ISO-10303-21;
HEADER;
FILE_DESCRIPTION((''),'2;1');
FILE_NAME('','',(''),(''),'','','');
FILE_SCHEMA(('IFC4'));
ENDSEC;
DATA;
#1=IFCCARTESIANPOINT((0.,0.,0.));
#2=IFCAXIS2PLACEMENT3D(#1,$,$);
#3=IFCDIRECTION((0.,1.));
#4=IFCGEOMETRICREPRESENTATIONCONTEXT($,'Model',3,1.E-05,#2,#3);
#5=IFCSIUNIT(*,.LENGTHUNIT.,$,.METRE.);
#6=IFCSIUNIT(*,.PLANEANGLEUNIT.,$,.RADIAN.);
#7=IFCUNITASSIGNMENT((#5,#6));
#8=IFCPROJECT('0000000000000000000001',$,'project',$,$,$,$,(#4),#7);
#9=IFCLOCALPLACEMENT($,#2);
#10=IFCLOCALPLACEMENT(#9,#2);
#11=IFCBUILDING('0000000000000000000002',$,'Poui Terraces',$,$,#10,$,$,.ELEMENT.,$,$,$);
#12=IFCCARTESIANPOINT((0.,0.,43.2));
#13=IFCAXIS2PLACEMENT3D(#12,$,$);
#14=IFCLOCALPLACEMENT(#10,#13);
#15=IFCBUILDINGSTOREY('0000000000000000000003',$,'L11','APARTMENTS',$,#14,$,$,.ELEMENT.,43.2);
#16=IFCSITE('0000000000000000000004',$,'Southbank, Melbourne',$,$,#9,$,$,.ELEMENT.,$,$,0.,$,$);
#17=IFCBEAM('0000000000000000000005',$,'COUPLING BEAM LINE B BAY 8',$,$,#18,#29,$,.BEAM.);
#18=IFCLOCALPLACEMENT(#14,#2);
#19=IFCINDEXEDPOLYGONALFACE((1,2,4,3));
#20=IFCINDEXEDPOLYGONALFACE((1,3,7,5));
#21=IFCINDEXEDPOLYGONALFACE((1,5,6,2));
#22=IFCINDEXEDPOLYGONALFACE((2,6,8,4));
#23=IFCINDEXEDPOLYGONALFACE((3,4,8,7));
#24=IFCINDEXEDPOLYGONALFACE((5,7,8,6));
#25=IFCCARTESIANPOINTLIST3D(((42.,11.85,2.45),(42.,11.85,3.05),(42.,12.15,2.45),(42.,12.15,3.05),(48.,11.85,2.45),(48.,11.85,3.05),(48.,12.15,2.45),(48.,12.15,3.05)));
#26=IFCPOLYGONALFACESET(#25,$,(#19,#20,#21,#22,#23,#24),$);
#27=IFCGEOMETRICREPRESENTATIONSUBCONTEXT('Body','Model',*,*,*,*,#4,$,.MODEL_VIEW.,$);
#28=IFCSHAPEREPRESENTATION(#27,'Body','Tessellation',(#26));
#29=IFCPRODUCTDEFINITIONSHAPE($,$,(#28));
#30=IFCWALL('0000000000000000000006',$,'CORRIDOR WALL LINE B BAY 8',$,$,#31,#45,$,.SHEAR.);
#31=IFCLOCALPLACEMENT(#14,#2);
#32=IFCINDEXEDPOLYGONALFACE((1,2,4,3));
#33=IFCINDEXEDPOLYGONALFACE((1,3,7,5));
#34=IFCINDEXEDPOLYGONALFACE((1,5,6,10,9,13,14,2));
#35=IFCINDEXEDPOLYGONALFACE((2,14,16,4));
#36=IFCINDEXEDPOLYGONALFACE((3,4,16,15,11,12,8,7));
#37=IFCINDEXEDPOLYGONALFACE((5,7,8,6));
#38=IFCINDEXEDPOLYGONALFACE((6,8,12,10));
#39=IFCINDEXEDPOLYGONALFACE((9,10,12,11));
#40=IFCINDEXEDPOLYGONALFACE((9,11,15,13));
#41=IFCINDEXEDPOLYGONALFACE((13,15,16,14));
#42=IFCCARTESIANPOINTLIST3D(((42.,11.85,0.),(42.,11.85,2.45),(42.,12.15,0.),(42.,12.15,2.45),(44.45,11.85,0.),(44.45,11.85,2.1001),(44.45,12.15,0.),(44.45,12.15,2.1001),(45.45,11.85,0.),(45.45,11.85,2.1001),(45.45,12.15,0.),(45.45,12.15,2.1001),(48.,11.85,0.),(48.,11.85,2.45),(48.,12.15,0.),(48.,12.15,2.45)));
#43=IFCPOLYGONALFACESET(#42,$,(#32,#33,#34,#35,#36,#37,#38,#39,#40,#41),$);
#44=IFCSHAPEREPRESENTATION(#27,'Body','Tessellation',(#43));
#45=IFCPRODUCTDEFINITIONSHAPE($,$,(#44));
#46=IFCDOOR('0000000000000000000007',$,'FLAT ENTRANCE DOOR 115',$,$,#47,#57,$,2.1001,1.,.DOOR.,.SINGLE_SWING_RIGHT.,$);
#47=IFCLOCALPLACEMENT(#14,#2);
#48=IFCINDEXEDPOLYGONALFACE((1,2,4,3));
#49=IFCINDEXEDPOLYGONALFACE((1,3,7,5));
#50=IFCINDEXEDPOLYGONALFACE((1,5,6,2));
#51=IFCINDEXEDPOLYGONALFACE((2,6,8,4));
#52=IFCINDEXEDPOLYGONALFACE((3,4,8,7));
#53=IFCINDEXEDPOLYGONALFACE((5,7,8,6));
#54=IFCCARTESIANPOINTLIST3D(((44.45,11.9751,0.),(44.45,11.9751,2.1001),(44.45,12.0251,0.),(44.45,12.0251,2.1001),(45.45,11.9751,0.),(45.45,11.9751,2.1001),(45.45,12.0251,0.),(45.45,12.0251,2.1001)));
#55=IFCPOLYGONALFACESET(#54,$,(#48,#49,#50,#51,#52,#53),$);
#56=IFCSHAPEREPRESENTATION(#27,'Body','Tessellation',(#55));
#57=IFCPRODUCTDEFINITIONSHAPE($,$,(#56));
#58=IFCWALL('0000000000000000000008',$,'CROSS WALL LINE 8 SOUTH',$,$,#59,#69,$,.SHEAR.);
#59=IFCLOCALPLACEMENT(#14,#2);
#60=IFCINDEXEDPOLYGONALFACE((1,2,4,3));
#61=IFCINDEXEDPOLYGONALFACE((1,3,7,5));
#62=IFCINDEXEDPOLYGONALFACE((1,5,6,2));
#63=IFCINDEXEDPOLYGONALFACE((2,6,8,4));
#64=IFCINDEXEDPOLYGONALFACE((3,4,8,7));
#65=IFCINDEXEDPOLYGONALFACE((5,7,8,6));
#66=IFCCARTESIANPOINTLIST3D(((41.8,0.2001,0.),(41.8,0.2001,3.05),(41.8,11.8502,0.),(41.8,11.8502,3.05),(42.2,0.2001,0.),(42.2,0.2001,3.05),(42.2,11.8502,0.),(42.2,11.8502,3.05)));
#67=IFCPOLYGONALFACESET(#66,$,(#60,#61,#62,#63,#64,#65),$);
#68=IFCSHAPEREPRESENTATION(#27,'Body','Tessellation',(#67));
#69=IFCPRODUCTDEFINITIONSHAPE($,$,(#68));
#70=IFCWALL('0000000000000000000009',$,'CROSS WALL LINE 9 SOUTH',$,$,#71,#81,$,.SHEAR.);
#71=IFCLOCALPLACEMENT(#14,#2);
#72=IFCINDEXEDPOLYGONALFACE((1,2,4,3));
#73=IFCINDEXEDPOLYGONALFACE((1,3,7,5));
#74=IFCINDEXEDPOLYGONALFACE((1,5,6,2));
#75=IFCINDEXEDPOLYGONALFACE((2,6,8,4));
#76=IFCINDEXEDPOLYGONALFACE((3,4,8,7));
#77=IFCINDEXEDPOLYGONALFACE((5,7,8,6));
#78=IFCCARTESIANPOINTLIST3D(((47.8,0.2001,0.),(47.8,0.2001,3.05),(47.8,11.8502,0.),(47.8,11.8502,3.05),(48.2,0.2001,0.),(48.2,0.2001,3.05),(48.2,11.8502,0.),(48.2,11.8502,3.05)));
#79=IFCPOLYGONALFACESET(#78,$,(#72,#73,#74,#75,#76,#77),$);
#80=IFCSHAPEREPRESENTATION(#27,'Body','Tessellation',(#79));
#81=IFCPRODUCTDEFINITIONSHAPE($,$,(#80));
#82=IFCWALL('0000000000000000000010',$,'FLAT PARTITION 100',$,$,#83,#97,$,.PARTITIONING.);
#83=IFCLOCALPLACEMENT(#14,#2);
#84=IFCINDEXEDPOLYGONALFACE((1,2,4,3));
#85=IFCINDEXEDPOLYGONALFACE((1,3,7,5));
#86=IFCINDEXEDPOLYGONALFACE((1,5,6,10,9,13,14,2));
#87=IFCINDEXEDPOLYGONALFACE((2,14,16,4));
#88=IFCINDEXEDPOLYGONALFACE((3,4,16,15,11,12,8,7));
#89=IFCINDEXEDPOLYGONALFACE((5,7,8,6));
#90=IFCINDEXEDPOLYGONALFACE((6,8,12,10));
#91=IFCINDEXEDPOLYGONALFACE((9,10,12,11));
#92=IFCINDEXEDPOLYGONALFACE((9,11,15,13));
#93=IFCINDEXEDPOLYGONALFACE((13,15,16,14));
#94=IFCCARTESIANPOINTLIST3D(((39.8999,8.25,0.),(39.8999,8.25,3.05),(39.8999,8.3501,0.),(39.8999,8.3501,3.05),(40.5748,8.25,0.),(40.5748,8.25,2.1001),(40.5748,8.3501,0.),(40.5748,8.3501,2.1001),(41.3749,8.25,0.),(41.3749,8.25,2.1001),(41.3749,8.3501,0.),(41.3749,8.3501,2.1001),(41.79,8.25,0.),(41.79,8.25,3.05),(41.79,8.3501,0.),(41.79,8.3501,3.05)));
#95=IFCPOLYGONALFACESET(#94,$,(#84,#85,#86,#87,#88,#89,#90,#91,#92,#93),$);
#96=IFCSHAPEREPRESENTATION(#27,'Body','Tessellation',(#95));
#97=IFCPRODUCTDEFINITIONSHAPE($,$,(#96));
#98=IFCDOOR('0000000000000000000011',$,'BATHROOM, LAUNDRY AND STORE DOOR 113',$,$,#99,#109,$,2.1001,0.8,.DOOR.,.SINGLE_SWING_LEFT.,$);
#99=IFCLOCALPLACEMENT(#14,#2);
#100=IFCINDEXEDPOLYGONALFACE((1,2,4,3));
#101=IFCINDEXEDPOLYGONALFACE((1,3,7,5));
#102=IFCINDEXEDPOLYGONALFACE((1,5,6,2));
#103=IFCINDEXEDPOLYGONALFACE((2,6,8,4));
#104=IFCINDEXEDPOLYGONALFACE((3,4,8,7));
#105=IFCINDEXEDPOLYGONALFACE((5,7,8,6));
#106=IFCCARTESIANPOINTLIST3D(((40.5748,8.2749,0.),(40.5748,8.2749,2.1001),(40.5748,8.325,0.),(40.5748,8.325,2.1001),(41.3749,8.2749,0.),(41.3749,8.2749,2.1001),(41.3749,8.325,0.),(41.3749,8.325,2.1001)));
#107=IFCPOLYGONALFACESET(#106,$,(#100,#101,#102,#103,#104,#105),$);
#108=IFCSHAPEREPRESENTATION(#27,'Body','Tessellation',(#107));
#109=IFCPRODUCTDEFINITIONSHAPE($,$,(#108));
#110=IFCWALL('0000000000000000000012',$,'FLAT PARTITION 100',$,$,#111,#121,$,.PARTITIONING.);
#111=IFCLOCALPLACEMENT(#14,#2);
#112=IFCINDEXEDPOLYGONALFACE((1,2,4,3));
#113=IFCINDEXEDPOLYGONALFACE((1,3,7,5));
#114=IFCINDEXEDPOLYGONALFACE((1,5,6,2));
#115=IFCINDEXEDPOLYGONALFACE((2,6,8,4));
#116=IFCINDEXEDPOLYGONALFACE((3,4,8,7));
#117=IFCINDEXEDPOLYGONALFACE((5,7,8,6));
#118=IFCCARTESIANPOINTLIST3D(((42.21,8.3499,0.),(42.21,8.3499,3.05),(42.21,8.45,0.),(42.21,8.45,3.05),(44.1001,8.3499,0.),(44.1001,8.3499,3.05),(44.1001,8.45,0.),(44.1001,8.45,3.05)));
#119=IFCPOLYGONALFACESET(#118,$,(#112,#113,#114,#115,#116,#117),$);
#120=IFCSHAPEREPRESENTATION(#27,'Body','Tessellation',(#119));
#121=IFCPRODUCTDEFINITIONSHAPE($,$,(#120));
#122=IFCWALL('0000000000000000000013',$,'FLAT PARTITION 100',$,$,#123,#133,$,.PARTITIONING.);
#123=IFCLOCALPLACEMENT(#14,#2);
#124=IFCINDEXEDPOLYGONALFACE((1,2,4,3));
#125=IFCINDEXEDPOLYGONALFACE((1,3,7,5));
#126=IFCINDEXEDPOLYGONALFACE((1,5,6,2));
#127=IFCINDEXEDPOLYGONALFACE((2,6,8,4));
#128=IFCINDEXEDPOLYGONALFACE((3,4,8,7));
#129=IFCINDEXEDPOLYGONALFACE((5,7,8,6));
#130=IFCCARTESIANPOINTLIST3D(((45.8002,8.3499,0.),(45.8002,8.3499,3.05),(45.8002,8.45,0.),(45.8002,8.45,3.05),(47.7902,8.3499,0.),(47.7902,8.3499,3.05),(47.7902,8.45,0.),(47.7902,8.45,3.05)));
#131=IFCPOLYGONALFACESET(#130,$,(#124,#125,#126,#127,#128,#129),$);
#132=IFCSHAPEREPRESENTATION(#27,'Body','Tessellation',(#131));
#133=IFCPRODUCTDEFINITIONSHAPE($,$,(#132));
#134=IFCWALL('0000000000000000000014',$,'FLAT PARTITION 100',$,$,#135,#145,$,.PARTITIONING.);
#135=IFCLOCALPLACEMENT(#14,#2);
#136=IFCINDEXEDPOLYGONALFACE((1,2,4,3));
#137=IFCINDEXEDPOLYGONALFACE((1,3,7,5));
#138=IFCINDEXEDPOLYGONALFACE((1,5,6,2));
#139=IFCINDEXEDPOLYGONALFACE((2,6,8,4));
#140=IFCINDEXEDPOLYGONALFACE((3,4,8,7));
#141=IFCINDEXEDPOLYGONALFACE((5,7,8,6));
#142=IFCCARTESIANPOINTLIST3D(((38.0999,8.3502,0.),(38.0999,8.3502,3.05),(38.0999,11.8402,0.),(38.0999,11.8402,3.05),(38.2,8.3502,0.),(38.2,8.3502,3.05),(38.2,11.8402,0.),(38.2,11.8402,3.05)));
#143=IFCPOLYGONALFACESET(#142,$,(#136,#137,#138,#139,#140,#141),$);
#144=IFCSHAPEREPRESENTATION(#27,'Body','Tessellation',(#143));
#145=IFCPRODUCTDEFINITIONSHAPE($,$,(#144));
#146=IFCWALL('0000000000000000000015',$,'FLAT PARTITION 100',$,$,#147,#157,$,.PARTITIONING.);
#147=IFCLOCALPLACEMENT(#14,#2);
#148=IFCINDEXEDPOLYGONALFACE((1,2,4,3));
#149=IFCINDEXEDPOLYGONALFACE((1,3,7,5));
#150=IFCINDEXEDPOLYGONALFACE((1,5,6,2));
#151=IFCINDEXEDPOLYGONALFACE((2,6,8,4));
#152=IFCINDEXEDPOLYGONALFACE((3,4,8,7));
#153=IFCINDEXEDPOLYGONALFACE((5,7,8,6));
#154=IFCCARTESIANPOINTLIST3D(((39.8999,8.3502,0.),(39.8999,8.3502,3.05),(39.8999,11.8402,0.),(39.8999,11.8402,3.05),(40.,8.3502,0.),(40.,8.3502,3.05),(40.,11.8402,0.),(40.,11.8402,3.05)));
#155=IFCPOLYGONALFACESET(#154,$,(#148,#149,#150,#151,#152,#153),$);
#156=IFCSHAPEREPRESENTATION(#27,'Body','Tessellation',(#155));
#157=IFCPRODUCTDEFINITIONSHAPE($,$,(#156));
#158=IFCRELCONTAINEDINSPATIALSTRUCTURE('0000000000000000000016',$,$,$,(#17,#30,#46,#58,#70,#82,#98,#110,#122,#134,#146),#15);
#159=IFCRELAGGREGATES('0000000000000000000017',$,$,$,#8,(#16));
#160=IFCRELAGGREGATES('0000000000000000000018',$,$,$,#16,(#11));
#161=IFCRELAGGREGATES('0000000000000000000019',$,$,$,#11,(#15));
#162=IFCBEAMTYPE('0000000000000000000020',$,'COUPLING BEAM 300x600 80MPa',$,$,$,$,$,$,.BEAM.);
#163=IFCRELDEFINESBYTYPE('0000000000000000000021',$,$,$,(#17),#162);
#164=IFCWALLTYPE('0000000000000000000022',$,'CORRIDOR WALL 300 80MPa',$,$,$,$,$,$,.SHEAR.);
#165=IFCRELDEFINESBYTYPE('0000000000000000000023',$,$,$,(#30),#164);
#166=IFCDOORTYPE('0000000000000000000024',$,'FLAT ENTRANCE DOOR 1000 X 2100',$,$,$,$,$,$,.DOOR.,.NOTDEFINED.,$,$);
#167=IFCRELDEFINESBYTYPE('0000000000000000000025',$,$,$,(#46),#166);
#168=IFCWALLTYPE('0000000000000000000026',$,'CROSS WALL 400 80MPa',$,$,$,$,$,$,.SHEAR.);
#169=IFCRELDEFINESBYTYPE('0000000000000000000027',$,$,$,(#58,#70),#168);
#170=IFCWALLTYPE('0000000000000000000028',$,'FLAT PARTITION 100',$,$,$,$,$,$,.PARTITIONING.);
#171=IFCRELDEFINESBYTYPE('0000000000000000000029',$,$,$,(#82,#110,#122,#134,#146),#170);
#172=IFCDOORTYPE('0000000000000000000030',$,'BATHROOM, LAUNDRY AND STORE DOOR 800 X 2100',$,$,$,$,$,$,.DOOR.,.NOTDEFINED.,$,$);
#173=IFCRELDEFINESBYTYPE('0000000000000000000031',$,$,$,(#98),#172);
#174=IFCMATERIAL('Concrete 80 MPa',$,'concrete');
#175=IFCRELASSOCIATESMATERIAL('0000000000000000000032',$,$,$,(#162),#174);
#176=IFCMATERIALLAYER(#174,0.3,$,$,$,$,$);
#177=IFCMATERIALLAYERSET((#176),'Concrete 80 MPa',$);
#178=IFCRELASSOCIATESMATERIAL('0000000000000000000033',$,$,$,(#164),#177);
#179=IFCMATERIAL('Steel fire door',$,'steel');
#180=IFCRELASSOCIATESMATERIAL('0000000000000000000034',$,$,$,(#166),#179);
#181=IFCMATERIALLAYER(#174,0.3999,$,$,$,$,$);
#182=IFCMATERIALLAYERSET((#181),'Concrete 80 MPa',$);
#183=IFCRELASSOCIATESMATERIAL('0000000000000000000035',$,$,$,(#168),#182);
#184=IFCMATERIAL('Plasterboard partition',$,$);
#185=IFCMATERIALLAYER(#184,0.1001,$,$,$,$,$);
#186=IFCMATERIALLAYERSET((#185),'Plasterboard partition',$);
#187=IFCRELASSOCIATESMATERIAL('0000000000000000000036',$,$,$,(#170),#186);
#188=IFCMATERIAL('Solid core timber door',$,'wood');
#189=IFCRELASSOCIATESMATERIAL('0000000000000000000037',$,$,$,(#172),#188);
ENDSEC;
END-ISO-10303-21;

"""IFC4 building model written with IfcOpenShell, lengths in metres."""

from ifc_helpers import new_model, si_unit, direction, frame, frame_2d, origin, origin_2d, place, context, subcontext, project, spatial, rectangle, extrude, source, transform, mapped, material, layer, layer_set, material_profile, profile_set, type_object, element, fill, save


model = new_model("IFC4")

# Units and contexts
model_context = context("Model", 3, precision=1e-05, world=origin(), true_north=direction((0.0, 1.0)))
body_context = subcontext(model_context, "Body", "Model", "MODEL_VIEW")
ifc_project = project(units=[si_unit("LENGTHUNIT", "METRE"), si_unit("PLANEANGLEUNIT", "RADIAN")], contexts=[model_context])

# Site, building, storey
site_placement = place(None, origin())
site = spatial("IfcSite", under=ifc_project, at=site_placement, Name="Southbank, Melbourne", CompositionType="ELEMENT", RefElevation=0.0)
building_placement = place(site_placement, origin())
building = spatial("IfcBuilding", under=site, at=building_placement, Name="Poui Terraces", CompositionType="ELEMENT")
storey_placement = place(building_placement, frame((0.0, 0.0, 43.2)))
storey = spatial("IfcBuildingStorey", under=building, at=storey_placement, Name="L11", Description="APARTMENTS", CompositionType="ELEMENT", Elevation=43.2)

# Beam
ifc_material_1 = material(Name="Concrete 80 MPa", Category="concrete")
ifc_material_profile_1 = material_profile(ifc_material_1, rectangle(XDim=0.3, YDim=0.6001, at=origin_2d()), Name="RC 300x600")
ifc_profile_set_1 = profile_set([ifc_material_profile_1], Name="Concrete 80 MPa")
beam_type = type_object("IfcBeamType", Name="COUPLING BEAM 300x600 80MPa", PredefinedType="BEAM", material=ifc_profile_set_1)
shared_shape_1 = source(origin(), body_context, "Body", "SweptSolid", [
    extrude(rectangle(XDim=0.3, YDim=0.6001, at=origin_2d()), origin(), (0.0, 0.0, 1.0), 6.0),
])
beam_placement = place(storey_placement, frame((42.0, 12.0, 2.75), z_axis=(1.0, 0.0, 0.0), x_axis=(0.0, 1.0, 0.0)))
element("IfcBeam", 1, at=beam_placement, inside=storey, type_object=beam_type, Name="COUPLING BEAM LINE B BAY 8", PredefinedType="BEAM", context=body_context, shape_type="MappedRepresentation", body=[
    mapped(shared_shape_1, transform((0.0, 0.0, 0.0))),
])

# Wall, opening, door
ifc_layer_1 = layer(ifc_material_1, 0.3)
ifc_layer_set_1 = layer_set([ifc_layer_1], Name="Concrete 80 MPa")
wall_type_1 = type_object("IfcWallType", Name="CORRIDOR WALL 300 80MPa", PredefinedType="SHEAR", material=ifc_layer_set_1)
wall_1_placement = place(storey_placement, frame((42.0, 12.0, 0.0), z_axis=(0.0, 0.0, 1.0), x_axis=(1.0, 0.0, 0.0)))
wall_1 = element("IfcWall", 2, at=wall_1_placement, inside=storey, type_object=wall_type_1, Name="CORRIDOR WALL LINE B BAY 8", PredefinedType="SHEAR", context=body_context, shape_type="SweptSolid", body=[
    extrude(rectangle(XDim=6.0, YDim=0.3, at=frame_2d((3.0, 0.0))), origin(), (0.0, 0.0, 1.0), 2.45),
])
opening_1_placement = place(wall_1_placement, frame((2.45, 0.0, 0.0)))
opening_1 = element("IfcOpeningElement", 3, at=opening_1_placement, cuts=wall_1, PredefinedType="OPENING", context=body_context, shape_type="SweptSolid", body=[
    extrude(rectangle(XDim=1.0, YDim=2.1001, at=frame_2d((0.5, 1.05))), frame((0.0, 0.1602, 0.0), z_axis=(0.0, -1.0, 0.0), x_axis=(1.0, 0.0, 0.0)), (0.0, 0.0, 1.0), 0.3201),
])
ifc_material_2 = material(Name="Steel fire door", Category="steel")
door_type_1 = type_object("IfcDoorType", Name="FLAT ENTRANCE DOOR 1000 X 2100", OperationType="NOTDEFINED", PredefinedType="DOOR", material=ifc_material_2)
door_1_placement = place(opening_1_placement, frame((1.0, 0.0, 0.0), z_axis=(0.0, 0.0, 1.0), x_axis=(-1.0, 0.0, 0.0)))
door_1 = element("IfcDoor", 4, at=door_1_placement, inside=storey, type_object=door_type_1, Name="FLAT ENTRANCE DOOR 115", OperationType="SINGLE_SWING_RIGHT", OverallHeight=2.1001, OverallWidth=1.0, PredefinedType="DOOR", context=body_context, shape_type="SweptSolid", body=[
    extrude(rectangle(XDim=1.0, YDim=2.1001, at=frame_2d((0.5, 1.05))), frame((0.0, 0.0249, 0.0), z_axis=(0.0, -1.0, 0.0), x_axis=(1.0, 0.0, 0.0)), (0.0, 0.0, 1.0), 0.05),
])
fill(opening_1, door_1)

# Walls
ifc_layer_2 = layer(ifc_material_1, 0.3999)
ifc_layer_set_2 = layer_set([ifc_layer_2], Name="Concrete 80 MPa")
wall_type_2 = type_object("IfcWallType", Name="CROSS WALL 400 80MPa", PredefinedType="SHEAR", material=ifc_layer_set_2)
for number, where, z_axis, x_axis, name in (
    (5, (42.0, 0.2, 0.0), (0.0, 0.0, 1.0), (0.0, 1.0, 0.0), "CROSS WALL LINE 8 SOUTH"),
    (6, (48.0, 0.2, 0.0), (0.0, 0.0, 1.0), (0.0, 1.0, 0.0), "CROSS WALL LINE 9 SOUTH"),
):
    element("IfcWall", number, at=place(storey_placement, frame(where, z_axis=z_axis, x_axis=x_axis)), inside=storey, type_object=wall_type_2, Name=name, PredefinedType="SHEAR", context=body_context, shape_type="SweptSolid", body=[
        extrude(rectangle(XDim=11.6501, YDim=0.3999, at=frame_2d((5.8252, 0.0))), origin(), (0.0, 0.0, 1.0), 3.05),
    ])

# Wall, opening, door
ifc_material_3 = material(Name="Plasterboard partition")
ifc_layer_3 = layer(ifc_material_3, 0.1001)
ifc_layer_set_3 = layer_set([ifc_layer_3], Name="Plasterboard partition")
wall_type_3 = type_object("IfcWallType", Name="FLAT PARTITION 100", PredefinedType="PARTITIONING", material=ifc_layer_set_3)
wall_2_placement = place(storey_placement, frame((39.8999, 8.3, 0.0), z_axis=(0.0, 0.0, 1.0), x_axis=(1.0, 0.0, 0.0)))
wall_2 = element("IfcWall", 7, at=wall_2_placement, inside=storey, type_object=wall_type_3, Name="FLAT PARTITION 100", PredefinedType="PARTITIONING", context=body_context, shape_type="SweptSolid", body=[
    extrude(rectangle(XDim=1.8901, YDim=0.1001, at=frame_2d((0.9451, 0.0))), origin(), (0.0, 0.0, 1.0), 3.05),
])
opening_2_placement = place(wall_2_placement, frame((0.675, 0.0, 0.0)))
opening_2 = element("IfcOpeningElement", 8, at=opening_2_placement, cuts=wall_2, PredefinedType="OPENING", context=body_context, shape_type="SweptSolid", body=[
    extrude(rectangle(XDim=0.8, YDim=2.1001, at=frame_2d((0.3999, 1.05))), frame((0.0, 0.0601, 0.0), z_axis=(0.0, -1.0, 0.0), x_axis=(1.0, 0.0, 0.0)), (0.0, 0.0, 1.0), 0.1201),
])
ifc_material_4 = material(Name="Solid core timber door", Category="wood")
door_type_2 = type_object("IfcDoorType", Name="BATHROOM, LAUNDRY AND STORE DOOR 800 X 2100", OperationType="NOTDEFINED", PredefinedType="DOOR", material=ifc_material_4)
door_2_placement = place(opening_2_placement, origin())
door_2 = element("IfcDoor", 9, at=door_2_placement, inside=storey, type_object=door_type_2, Name="BATHROOM, LAUNDRY AND STORE DOOR 113", OperationType="SINGLE_SWING_LEFT", OverallHeight=2.1001, OverallWidth=0.8, PredefinedType="DOOR", context=body_context, shape_type="SweptSolid", body=[
    extrude(rectangle(XDim=0.8, YDim=2.1001, at=frame_2d((0.3999, 1.05))), frame((0.0, 0.0249, 0.0), z_axis=(0.0, -1.0, 0.0), x_axis=(1.0, 0.0, 0.0)), (0.0, 0.0, 1.0), 0.05),
])
fill(opening_2, door_2)

# Walls
wall_3_placement = place(storey_placement, frame((42.21, 8.3999, 0.0), z_axis=(0.0, 0.0, 1.0), x_axis=(1.0, 0.0, 0.0)))
element("IfcWall", 10, at=wall_3_placement, inside=storey, type_object=wall_type_3, Name="FLAT PARTITION 100", PredefinedType="PARTITIONING", context=body_context, shape_type="SweptSolid", body=[
    extrude(rectangle(XDim=1.8901, YDim=0.1001, at=frame_2d((0.9451, 0.0))), origin(), (0.0, 0.0, 1.0), 3.05),
])
wall_4_placement = place(storey_placement, frame((45.8, 8.3999, 0.0), z_axis=(0.0, 0.0, 1.0), x_axis=(1.0, 0.0, 0.0)))
element("IfcWall", 11, at=wall_4_placement, inside=storey, type_object=wall_type_3, Name="FLAT PARTITION 100", PredefinedType="PARTITIONING", context=body_context, shape_type="SweptSolid", body=[
    extrude(rectangle(XDim=1.99, YDim=0.1001, at=frame_2d((0.9951, 0.0))), origin(), (0.0, 0.0, 1.0), 3.05),
])
for number, where, z_axis, x_axis, name in (
    (12, (38.1499, 8.3501, 0.0), (0.0, 0.0, 1.0), (0.0, 1.0, 0.0), "FLAT PARTITION 100"),
    (13, (39.95, 8.3501, 0.0), (0.0, 0.0, 1.0), (0.0, 1.0, 0.0), "FLAT PARTITION 100"),
):
    element("IfcWall", number, at=place(storey_placement, frame(where, z_axis=z_axis, x_axis=x_axis)), inside=storey, type_object=wall_type_3, Name=name, PredefinedType="PARTITIONING", context=body_context, shape_type="SweptSolid", body=[
        extrude(rectangle(XDim=3.49, YDim=0.1001, at=frame_2d((1.7451, 0.0))), origin(), (0.0, 0.0, 1.0), 3.05),
    ])

save(model, "model.ifc")
